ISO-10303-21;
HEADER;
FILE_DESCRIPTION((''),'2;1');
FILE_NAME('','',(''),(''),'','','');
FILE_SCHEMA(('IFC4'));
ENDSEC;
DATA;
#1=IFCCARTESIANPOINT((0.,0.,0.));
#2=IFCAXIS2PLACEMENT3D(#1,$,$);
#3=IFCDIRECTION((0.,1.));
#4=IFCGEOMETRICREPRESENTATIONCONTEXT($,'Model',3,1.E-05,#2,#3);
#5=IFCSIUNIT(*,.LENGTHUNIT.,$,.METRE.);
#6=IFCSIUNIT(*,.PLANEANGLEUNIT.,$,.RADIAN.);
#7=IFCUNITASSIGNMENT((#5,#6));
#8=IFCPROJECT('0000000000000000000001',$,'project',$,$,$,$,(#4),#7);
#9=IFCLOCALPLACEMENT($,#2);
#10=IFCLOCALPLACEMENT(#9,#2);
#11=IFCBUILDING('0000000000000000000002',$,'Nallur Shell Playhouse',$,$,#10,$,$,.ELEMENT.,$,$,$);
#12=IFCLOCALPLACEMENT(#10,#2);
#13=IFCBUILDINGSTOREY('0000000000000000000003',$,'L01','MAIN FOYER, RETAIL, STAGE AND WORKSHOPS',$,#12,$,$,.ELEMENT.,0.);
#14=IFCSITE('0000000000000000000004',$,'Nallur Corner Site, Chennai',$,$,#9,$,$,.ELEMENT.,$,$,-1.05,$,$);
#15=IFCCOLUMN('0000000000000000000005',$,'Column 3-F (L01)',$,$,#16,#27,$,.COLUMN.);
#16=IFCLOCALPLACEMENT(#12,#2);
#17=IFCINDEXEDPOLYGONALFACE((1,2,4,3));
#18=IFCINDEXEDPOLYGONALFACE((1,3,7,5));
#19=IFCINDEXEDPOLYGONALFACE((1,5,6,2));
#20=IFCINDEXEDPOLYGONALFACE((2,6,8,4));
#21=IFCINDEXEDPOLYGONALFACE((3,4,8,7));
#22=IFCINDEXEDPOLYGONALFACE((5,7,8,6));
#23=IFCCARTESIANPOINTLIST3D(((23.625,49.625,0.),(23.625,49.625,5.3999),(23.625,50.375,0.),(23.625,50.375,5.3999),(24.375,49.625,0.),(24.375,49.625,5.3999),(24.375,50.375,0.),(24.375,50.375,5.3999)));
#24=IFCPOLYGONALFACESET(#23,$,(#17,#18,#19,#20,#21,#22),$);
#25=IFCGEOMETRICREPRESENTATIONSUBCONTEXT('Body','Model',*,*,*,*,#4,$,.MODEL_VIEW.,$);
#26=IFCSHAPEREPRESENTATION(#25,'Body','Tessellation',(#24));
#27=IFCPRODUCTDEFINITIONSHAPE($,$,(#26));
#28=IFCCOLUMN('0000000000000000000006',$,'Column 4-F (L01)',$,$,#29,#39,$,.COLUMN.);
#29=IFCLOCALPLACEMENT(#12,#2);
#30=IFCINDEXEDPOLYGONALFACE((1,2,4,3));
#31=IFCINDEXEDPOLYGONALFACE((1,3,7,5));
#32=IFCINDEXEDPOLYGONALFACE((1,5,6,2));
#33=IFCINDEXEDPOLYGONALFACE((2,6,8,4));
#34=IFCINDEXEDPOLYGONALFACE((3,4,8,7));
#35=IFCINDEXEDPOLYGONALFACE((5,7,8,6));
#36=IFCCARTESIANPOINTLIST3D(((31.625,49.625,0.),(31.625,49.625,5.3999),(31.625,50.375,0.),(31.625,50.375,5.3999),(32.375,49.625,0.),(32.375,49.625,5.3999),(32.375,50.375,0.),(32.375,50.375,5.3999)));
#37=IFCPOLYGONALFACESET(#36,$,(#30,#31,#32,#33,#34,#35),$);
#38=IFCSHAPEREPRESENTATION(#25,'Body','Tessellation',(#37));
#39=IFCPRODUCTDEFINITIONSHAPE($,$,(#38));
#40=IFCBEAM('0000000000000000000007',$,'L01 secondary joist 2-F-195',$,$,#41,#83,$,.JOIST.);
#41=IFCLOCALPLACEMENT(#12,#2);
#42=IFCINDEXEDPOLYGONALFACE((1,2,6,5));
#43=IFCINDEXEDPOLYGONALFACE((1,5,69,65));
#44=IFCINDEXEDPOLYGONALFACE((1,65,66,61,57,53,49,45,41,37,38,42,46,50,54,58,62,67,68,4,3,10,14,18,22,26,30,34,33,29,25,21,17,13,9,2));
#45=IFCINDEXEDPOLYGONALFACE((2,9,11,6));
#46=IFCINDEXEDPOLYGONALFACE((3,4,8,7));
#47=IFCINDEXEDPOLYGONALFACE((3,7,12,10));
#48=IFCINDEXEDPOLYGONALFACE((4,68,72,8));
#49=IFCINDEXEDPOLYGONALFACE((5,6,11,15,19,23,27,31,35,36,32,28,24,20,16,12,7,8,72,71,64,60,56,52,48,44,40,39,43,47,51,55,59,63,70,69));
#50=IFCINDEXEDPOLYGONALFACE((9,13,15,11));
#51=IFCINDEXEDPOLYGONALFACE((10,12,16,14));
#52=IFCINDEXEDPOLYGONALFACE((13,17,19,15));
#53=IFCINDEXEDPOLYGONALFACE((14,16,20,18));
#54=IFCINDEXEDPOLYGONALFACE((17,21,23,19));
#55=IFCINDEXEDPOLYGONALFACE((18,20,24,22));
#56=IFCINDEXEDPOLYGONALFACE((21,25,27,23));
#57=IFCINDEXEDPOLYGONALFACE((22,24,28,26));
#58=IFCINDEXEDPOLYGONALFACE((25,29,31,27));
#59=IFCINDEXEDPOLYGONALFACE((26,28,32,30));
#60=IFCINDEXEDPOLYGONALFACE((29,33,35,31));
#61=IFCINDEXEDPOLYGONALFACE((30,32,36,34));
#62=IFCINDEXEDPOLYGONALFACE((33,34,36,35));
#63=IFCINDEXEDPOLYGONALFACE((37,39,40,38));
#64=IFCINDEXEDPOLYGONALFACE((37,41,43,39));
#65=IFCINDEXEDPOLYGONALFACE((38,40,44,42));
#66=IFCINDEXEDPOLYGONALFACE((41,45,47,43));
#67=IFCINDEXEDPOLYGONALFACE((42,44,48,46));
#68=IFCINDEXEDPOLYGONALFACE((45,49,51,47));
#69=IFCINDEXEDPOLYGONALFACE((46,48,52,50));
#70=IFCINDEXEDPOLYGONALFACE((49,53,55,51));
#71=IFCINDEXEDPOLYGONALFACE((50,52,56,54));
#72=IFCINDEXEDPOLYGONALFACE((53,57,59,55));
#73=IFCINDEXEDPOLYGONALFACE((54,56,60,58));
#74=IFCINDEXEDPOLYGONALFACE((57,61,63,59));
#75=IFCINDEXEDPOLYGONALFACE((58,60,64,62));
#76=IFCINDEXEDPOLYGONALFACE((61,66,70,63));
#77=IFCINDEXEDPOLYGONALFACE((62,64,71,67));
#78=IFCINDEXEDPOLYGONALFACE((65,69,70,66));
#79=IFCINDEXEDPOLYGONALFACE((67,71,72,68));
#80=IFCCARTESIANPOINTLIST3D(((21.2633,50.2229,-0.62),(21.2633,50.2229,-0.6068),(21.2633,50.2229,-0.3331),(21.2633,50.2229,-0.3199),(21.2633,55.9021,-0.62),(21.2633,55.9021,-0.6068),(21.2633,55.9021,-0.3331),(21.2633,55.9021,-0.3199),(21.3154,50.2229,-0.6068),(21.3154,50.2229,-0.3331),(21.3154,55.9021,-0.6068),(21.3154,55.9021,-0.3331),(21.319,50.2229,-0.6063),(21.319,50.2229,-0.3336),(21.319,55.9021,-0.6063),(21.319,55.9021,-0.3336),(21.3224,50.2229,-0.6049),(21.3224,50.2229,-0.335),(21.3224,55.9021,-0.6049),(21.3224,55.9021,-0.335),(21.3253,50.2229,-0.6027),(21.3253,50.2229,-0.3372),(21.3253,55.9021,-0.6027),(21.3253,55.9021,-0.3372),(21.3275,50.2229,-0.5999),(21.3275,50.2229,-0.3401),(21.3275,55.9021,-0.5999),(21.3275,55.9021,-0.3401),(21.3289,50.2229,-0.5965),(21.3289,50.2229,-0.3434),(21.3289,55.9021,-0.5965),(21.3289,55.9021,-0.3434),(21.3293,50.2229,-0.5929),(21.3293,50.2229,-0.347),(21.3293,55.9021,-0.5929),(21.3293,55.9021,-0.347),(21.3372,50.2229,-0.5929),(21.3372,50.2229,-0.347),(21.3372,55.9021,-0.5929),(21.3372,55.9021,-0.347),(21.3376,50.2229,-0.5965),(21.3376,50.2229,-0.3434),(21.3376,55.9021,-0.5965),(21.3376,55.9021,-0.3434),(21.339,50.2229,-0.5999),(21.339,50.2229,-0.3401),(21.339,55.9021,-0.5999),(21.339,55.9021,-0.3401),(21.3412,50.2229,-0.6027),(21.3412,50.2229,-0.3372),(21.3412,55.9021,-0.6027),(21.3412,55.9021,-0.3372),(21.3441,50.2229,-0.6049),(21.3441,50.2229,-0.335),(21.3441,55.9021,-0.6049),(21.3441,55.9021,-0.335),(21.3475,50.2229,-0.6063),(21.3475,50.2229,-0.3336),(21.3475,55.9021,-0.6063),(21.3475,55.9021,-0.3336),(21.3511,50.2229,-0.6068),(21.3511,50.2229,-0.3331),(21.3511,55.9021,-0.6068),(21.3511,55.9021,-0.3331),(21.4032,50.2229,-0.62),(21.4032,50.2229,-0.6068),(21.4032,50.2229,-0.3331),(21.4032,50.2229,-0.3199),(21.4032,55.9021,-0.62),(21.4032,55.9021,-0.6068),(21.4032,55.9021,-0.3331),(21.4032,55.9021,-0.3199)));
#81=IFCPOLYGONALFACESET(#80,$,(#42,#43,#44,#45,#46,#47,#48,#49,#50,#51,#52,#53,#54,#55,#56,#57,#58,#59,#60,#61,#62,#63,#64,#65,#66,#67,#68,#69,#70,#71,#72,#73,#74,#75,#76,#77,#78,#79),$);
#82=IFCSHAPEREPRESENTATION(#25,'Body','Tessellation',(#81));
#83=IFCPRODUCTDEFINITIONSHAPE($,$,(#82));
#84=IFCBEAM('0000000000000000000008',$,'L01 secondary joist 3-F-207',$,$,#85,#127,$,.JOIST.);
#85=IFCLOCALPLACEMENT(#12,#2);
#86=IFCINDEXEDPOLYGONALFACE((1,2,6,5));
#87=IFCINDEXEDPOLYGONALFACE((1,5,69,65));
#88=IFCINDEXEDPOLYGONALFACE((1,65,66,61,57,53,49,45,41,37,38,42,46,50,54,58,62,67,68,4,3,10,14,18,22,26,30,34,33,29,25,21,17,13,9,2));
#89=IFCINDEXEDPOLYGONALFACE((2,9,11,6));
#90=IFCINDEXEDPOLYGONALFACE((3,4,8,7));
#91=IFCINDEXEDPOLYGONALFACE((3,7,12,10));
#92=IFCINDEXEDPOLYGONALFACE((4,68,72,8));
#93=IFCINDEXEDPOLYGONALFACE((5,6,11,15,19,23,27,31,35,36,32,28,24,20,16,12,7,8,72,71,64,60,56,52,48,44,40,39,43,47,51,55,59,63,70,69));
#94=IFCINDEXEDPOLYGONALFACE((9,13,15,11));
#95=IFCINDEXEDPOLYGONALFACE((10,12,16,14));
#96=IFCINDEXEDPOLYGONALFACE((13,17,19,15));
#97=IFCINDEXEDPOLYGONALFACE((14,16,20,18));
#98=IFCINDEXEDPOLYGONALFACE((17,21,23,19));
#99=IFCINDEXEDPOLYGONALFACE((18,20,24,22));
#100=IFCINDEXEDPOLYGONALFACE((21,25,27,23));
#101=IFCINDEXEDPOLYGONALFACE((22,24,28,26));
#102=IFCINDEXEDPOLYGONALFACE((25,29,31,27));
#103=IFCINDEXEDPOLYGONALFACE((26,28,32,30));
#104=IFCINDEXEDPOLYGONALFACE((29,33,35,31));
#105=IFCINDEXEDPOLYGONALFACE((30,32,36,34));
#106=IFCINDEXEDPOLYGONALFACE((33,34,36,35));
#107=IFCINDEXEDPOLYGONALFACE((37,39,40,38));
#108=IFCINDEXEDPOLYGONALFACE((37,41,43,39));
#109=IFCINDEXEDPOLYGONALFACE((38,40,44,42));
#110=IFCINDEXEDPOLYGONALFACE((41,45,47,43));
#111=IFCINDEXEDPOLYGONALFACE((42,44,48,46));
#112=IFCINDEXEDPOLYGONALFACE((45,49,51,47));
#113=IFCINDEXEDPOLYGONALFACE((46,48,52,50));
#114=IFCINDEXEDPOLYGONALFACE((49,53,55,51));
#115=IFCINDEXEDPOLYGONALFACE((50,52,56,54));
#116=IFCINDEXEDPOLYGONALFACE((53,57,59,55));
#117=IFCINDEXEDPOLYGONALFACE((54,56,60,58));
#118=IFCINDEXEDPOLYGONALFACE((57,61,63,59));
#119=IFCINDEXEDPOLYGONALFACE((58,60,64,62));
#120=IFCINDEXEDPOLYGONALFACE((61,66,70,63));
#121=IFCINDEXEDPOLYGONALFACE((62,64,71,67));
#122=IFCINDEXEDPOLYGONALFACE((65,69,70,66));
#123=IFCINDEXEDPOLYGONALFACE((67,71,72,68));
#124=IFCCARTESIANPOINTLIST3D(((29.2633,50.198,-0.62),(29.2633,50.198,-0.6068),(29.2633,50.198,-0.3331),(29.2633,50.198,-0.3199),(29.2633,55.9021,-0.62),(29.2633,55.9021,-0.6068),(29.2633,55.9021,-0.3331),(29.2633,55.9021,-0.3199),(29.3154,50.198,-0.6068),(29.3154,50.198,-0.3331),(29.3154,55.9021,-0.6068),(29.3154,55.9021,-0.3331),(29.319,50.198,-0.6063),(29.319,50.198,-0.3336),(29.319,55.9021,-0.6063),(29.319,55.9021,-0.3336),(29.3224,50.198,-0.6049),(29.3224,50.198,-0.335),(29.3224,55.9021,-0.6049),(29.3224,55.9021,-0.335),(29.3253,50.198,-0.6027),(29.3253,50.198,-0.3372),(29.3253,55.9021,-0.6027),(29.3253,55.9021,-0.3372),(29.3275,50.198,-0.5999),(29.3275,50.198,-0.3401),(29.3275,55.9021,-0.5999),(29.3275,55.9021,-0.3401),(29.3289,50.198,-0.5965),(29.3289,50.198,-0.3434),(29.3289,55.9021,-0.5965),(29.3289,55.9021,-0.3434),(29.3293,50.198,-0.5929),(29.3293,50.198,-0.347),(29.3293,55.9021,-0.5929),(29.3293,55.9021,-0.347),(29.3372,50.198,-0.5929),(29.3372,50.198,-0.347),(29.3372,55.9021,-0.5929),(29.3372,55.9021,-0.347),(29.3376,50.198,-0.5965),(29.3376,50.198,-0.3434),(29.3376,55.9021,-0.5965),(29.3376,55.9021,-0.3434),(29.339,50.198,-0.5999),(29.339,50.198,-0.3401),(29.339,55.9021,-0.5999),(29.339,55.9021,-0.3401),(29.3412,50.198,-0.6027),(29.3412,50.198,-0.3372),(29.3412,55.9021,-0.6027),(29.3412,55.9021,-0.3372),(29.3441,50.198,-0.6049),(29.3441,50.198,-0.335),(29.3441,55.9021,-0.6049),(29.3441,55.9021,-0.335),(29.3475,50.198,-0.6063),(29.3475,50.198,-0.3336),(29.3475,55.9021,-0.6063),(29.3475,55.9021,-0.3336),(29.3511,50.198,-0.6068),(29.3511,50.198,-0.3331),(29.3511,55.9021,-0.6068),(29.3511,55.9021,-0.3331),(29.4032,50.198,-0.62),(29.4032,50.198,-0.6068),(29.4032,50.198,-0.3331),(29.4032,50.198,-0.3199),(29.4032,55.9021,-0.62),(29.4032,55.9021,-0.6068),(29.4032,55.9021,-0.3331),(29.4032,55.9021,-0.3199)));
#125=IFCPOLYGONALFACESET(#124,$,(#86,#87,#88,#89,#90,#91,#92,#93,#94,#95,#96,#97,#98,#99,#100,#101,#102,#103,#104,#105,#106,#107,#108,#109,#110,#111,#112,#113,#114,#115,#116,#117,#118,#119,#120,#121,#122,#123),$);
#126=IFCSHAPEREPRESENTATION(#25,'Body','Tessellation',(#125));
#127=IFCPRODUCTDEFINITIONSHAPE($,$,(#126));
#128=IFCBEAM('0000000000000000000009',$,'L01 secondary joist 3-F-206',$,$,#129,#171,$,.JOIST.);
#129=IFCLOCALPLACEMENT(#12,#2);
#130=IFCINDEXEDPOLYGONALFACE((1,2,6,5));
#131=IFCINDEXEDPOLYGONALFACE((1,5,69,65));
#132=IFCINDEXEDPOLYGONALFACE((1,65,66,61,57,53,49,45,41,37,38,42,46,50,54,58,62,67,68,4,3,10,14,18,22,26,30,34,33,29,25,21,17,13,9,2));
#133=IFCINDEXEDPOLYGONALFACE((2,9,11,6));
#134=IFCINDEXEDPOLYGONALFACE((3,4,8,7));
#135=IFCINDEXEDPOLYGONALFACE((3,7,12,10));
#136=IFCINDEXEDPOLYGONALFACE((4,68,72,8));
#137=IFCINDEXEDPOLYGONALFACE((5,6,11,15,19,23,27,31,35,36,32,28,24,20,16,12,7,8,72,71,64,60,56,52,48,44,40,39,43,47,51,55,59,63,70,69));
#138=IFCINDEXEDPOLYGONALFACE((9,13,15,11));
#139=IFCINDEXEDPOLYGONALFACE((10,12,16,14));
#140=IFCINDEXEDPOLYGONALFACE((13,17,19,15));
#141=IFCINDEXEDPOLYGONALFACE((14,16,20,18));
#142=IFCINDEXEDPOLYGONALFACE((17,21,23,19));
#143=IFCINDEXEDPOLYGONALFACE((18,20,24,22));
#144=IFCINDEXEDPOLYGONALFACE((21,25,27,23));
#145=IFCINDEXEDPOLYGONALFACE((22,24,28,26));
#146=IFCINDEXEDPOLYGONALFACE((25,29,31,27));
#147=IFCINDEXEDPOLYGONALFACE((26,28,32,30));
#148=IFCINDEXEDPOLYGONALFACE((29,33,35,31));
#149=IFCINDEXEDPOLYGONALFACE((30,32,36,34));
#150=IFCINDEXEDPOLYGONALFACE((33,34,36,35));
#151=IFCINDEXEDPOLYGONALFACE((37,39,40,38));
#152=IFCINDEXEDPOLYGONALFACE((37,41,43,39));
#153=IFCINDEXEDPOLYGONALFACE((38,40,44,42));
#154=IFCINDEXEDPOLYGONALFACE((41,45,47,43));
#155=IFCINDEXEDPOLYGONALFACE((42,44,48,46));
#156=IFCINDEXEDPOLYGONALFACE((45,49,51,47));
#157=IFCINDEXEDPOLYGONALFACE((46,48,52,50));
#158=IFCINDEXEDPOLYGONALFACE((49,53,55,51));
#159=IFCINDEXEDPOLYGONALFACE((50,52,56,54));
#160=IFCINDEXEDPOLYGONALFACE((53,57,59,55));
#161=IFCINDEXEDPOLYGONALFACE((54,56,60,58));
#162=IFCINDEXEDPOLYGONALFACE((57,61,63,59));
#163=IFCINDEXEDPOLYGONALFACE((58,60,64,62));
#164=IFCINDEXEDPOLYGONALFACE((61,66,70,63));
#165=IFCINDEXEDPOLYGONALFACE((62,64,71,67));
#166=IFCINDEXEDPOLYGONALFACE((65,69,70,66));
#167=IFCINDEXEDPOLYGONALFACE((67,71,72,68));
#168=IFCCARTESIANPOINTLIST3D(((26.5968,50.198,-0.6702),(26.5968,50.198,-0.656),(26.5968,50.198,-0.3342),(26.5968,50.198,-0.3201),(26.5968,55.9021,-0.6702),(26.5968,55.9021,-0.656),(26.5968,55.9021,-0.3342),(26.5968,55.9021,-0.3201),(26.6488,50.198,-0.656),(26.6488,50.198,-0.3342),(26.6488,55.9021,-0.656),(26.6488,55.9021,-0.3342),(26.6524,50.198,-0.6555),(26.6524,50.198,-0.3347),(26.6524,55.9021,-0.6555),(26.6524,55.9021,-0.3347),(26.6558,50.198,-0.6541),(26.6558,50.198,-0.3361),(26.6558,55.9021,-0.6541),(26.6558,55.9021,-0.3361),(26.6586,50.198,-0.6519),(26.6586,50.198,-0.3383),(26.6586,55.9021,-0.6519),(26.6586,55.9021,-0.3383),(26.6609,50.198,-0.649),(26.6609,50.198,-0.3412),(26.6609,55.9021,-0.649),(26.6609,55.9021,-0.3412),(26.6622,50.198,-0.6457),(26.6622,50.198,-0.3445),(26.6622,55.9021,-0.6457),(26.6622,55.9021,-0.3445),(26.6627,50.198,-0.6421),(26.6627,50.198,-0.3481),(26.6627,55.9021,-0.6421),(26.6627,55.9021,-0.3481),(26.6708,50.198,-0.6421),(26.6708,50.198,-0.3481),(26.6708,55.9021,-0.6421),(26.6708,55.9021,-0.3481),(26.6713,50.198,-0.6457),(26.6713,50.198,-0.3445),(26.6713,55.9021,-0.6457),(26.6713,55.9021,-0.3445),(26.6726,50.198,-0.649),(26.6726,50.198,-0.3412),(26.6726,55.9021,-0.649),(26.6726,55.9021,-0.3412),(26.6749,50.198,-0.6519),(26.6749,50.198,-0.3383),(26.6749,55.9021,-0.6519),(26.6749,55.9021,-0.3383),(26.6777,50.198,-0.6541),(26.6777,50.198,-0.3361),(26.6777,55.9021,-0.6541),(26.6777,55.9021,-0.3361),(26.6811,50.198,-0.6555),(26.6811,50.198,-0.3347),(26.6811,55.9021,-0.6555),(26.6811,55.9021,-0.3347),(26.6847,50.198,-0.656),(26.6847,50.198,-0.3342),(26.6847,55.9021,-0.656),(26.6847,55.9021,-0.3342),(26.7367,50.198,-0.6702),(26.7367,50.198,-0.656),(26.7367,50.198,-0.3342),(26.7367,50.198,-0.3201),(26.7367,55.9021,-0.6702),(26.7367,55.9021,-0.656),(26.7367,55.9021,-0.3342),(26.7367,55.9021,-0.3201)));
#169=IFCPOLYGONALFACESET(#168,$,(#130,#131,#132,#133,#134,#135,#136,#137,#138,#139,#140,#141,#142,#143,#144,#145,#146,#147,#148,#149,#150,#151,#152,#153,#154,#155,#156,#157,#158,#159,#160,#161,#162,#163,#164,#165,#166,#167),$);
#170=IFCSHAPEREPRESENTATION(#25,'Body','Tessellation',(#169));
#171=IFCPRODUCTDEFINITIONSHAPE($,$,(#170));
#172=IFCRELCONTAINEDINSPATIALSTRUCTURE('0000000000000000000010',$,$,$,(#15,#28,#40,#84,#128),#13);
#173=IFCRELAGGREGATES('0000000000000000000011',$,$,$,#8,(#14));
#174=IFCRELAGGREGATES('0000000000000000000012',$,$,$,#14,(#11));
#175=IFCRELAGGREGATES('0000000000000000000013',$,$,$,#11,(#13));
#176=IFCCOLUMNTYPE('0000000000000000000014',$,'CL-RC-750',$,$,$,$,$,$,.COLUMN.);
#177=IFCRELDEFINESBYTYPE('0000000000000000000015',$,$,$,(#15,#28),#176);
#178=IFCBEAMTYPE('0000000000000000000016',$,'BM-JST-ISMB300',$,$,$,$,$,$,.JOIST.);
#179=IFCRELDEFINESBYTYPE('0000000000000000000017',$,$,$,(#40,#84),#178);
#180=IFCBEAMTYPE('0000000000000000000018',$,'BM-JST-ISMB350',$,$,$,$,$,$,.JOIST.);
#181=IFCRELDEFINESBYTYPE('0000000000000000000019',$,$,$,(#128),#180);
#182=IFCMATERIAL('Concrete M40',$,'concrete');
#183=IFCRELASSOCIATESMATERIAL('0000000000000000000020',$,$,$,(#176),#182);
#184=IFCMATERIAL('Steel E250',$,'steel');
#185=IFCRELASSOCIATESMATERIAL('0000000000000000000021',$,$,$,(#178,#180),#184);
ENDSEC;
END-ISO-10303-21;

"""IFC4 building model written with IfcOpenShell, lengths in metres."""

from ifc_helpers import new_model, si_unit, direction, frame, origin, origin_2d, place, context, subcontext, project, spatial, rectangle, i_section, extrude, material, material_profile, profile_set, type_object, element, save


model = new_model("IFC4")

# Units and contexts
model_context = context("Model", 3, precision=1e-05, world=origin(), true_north=direction((0.0, 1.0)))
body_context = subcontext(model_context, "Body", "Model", "MODEL_VIEW")
ifc_project = project(units=[si_unit("LENGTHUNIT", "METRE"), si_unit("PLANEANGLEUNIT", "RADIAN")], contexts=[model_context])

# Site, building, storey
site_placement = place(None, origin())
site = spatial("IfcSite", under=ifc_project, at=site_placement, Name="Nallur Corner Site, Chennai", CompositionType="ELEMENT", RefElevation=-1.05)
building_placement = place(site_placement, origin())
building = spatial("IfcBuilding", under=site, at=building_placement, Name="Nallur Shell Playhouse", CompositionType="ELEMENT")
storey_placement = place(building_placement, origin())
storey = spatial("IfcBuildingStorey", under=building, at=storey_placement, Name="L01", Description="MAIN FOYER, RETAIL, STAGE AND WORKSHOPS", CompositionType="ELEMENT", Elevation=0.0)

# Columns
ifc_material_1 = material(Name="Concrete M40", Category="concrete")
ifc_material_profile_1 = material_profile(ifc_material_1, rectangle(XDim=0.75, YDim=0.75, at=origin_2d()), Name="RC 750x750")
ifc_profile_set_1 = profile_set([ifc_material_profile_1], Name="Concrete M40")
column_type = type_object("IfcColumnType", Name="CL-RC-750", PredefinedType="COLUMN", material=ifc_profile_set_1)
for number, where, z_axis, x_axis, name in (
    (1, (24.0, 50.0, 0.0), (0.0, 0.0, 1.0), (1.0, 0.0, 0.0), "Column 3-F (L01)"),
    (2, (32.0, 50.0, 0.0), (0.0, 0.0, 1.0), (1.0, 0.0, 0.0), "Column 4-F (L01)"),
):
    element("IfcColumn", number, at=place(storey_placement, frame(where, z_axis=z_axis, x_axis=x_axis)), inside=storey, type_object=column_type, Name=name, PredefinedType="COLUMN", context=body_context, shape_type="SweptSolid", body=[
        extrude(rectangle(XDim=0.75, YDim=0.75, at=origin_2d()), origin(), (0.0, 0.0, 1.0), 5.3999),
    ])

# Beams
ifc_material_2 = material(Name="Steel E250", Category="steel")
ifc_material_profile_2 = material_profile(ifc_material_2, i_section(OverallWidth=0.1399, OverallDepth=0.3, WebThickness=0.0078, FlangeThickness=0.0132, FilletRadius=0.0139, at=origin_2d()), Name="ISMB 300")
ifc_profile_set_2 = profile_set([ifc_material_profile_2], Name="Steel E250")
beam_type_1 = type_object("IfcBeamType", Name="BM-JST-ISMB300", PredefinedType="JOIST", material=ifc_profile_set_2)
beam_1_placement = place(storey_placement, frame((21.3333, 50.2229, -0.47), z_axis=(0.0, 1.0, 0.0), x_axis=(-1.0, 0.0, 0.0)))
element("IfcBeam", 3, at=beam_1_placement, inside=storey, type_object=beam_type_1, Name="L01 secondary joist 2-F-195", PredefinedType="JOIST", context=body_context, shape_type="SweptSolid", body=[
    extrude(i_section(OverallWidth=0.1399, OverallDepth=0.3, WebThickness=0.0078, FlangeThickness=0.0132, FilletRadius=0.0139, at=origin_2d()), origin(), (0.0, 0.0, 1.0), 5.6792),
])
beam_2_placement = place(storey_placement, frame((29.3333, 50.198, -0.47), z_axis=(0.0, 1.0, 0.0), x_axis=(-1.0, 0.0, 0.0)))
element("IfcBeam", 4, at=beam_2_placement, inside=storey, type_object=beam_type_1, Name="L01 secondary joist 3-F-207", PredefinedType="JOIST", context=body_context, shape_type="SweptSolid", body=[
    extrude(i_section(OverallWidth=0.1399, OverallDepth=0.3, WebThickness=0.0078, FlangeThickness=0.0132, FilletRadius=0.0139, at=origin_2d()), origin(), (0.0, 0.0, 1.0), 5.7041),
])
ifc_material_profile_3 = material_profile(ifc_material_2, i_section(OverallWidth=0.1399, OverallDepth=0.3501, WebThickness=0.0081, FlangeThickness=0.0142, FilletRadius=0.0139, at=origin_2d()), Name="ISMB 350")
ifc_profile_set_3 = profile_set([ifc_material_profile_3], Name="Steel E250")
beam_type_2 = type_object("IfcBeamType", Name="BM-JST-ISMB350", PredefinedType="JOIST", material=ifc_profile_set_3)
beam_3_placement = place(storey_placement, frame((26.6667, 50.198, -0.4951), z_axis=(0.0, 1.0, 0.0), x_axis=(-1.0, 0.0, 0.0)))
element("IfcBeam", 5, at=beam_3_placement, inside=storey, type_object=beam_type_2, Name="L01 secondary joist 3-F-206", PredefinedType="JOIST", context=body_context, shape_type="SweptSolid", body=[
    extrude(i_section(OverallWidth=0.1399, OverallDepth=0.3501, WebThickness=0.0081, FlangeThickness=0.0142, FilletRadius=0.0139, at=origin_2d()), origin(), (0.0, 0.0, 1.0), 5.7041),
])

save(model, "model.ifc")
